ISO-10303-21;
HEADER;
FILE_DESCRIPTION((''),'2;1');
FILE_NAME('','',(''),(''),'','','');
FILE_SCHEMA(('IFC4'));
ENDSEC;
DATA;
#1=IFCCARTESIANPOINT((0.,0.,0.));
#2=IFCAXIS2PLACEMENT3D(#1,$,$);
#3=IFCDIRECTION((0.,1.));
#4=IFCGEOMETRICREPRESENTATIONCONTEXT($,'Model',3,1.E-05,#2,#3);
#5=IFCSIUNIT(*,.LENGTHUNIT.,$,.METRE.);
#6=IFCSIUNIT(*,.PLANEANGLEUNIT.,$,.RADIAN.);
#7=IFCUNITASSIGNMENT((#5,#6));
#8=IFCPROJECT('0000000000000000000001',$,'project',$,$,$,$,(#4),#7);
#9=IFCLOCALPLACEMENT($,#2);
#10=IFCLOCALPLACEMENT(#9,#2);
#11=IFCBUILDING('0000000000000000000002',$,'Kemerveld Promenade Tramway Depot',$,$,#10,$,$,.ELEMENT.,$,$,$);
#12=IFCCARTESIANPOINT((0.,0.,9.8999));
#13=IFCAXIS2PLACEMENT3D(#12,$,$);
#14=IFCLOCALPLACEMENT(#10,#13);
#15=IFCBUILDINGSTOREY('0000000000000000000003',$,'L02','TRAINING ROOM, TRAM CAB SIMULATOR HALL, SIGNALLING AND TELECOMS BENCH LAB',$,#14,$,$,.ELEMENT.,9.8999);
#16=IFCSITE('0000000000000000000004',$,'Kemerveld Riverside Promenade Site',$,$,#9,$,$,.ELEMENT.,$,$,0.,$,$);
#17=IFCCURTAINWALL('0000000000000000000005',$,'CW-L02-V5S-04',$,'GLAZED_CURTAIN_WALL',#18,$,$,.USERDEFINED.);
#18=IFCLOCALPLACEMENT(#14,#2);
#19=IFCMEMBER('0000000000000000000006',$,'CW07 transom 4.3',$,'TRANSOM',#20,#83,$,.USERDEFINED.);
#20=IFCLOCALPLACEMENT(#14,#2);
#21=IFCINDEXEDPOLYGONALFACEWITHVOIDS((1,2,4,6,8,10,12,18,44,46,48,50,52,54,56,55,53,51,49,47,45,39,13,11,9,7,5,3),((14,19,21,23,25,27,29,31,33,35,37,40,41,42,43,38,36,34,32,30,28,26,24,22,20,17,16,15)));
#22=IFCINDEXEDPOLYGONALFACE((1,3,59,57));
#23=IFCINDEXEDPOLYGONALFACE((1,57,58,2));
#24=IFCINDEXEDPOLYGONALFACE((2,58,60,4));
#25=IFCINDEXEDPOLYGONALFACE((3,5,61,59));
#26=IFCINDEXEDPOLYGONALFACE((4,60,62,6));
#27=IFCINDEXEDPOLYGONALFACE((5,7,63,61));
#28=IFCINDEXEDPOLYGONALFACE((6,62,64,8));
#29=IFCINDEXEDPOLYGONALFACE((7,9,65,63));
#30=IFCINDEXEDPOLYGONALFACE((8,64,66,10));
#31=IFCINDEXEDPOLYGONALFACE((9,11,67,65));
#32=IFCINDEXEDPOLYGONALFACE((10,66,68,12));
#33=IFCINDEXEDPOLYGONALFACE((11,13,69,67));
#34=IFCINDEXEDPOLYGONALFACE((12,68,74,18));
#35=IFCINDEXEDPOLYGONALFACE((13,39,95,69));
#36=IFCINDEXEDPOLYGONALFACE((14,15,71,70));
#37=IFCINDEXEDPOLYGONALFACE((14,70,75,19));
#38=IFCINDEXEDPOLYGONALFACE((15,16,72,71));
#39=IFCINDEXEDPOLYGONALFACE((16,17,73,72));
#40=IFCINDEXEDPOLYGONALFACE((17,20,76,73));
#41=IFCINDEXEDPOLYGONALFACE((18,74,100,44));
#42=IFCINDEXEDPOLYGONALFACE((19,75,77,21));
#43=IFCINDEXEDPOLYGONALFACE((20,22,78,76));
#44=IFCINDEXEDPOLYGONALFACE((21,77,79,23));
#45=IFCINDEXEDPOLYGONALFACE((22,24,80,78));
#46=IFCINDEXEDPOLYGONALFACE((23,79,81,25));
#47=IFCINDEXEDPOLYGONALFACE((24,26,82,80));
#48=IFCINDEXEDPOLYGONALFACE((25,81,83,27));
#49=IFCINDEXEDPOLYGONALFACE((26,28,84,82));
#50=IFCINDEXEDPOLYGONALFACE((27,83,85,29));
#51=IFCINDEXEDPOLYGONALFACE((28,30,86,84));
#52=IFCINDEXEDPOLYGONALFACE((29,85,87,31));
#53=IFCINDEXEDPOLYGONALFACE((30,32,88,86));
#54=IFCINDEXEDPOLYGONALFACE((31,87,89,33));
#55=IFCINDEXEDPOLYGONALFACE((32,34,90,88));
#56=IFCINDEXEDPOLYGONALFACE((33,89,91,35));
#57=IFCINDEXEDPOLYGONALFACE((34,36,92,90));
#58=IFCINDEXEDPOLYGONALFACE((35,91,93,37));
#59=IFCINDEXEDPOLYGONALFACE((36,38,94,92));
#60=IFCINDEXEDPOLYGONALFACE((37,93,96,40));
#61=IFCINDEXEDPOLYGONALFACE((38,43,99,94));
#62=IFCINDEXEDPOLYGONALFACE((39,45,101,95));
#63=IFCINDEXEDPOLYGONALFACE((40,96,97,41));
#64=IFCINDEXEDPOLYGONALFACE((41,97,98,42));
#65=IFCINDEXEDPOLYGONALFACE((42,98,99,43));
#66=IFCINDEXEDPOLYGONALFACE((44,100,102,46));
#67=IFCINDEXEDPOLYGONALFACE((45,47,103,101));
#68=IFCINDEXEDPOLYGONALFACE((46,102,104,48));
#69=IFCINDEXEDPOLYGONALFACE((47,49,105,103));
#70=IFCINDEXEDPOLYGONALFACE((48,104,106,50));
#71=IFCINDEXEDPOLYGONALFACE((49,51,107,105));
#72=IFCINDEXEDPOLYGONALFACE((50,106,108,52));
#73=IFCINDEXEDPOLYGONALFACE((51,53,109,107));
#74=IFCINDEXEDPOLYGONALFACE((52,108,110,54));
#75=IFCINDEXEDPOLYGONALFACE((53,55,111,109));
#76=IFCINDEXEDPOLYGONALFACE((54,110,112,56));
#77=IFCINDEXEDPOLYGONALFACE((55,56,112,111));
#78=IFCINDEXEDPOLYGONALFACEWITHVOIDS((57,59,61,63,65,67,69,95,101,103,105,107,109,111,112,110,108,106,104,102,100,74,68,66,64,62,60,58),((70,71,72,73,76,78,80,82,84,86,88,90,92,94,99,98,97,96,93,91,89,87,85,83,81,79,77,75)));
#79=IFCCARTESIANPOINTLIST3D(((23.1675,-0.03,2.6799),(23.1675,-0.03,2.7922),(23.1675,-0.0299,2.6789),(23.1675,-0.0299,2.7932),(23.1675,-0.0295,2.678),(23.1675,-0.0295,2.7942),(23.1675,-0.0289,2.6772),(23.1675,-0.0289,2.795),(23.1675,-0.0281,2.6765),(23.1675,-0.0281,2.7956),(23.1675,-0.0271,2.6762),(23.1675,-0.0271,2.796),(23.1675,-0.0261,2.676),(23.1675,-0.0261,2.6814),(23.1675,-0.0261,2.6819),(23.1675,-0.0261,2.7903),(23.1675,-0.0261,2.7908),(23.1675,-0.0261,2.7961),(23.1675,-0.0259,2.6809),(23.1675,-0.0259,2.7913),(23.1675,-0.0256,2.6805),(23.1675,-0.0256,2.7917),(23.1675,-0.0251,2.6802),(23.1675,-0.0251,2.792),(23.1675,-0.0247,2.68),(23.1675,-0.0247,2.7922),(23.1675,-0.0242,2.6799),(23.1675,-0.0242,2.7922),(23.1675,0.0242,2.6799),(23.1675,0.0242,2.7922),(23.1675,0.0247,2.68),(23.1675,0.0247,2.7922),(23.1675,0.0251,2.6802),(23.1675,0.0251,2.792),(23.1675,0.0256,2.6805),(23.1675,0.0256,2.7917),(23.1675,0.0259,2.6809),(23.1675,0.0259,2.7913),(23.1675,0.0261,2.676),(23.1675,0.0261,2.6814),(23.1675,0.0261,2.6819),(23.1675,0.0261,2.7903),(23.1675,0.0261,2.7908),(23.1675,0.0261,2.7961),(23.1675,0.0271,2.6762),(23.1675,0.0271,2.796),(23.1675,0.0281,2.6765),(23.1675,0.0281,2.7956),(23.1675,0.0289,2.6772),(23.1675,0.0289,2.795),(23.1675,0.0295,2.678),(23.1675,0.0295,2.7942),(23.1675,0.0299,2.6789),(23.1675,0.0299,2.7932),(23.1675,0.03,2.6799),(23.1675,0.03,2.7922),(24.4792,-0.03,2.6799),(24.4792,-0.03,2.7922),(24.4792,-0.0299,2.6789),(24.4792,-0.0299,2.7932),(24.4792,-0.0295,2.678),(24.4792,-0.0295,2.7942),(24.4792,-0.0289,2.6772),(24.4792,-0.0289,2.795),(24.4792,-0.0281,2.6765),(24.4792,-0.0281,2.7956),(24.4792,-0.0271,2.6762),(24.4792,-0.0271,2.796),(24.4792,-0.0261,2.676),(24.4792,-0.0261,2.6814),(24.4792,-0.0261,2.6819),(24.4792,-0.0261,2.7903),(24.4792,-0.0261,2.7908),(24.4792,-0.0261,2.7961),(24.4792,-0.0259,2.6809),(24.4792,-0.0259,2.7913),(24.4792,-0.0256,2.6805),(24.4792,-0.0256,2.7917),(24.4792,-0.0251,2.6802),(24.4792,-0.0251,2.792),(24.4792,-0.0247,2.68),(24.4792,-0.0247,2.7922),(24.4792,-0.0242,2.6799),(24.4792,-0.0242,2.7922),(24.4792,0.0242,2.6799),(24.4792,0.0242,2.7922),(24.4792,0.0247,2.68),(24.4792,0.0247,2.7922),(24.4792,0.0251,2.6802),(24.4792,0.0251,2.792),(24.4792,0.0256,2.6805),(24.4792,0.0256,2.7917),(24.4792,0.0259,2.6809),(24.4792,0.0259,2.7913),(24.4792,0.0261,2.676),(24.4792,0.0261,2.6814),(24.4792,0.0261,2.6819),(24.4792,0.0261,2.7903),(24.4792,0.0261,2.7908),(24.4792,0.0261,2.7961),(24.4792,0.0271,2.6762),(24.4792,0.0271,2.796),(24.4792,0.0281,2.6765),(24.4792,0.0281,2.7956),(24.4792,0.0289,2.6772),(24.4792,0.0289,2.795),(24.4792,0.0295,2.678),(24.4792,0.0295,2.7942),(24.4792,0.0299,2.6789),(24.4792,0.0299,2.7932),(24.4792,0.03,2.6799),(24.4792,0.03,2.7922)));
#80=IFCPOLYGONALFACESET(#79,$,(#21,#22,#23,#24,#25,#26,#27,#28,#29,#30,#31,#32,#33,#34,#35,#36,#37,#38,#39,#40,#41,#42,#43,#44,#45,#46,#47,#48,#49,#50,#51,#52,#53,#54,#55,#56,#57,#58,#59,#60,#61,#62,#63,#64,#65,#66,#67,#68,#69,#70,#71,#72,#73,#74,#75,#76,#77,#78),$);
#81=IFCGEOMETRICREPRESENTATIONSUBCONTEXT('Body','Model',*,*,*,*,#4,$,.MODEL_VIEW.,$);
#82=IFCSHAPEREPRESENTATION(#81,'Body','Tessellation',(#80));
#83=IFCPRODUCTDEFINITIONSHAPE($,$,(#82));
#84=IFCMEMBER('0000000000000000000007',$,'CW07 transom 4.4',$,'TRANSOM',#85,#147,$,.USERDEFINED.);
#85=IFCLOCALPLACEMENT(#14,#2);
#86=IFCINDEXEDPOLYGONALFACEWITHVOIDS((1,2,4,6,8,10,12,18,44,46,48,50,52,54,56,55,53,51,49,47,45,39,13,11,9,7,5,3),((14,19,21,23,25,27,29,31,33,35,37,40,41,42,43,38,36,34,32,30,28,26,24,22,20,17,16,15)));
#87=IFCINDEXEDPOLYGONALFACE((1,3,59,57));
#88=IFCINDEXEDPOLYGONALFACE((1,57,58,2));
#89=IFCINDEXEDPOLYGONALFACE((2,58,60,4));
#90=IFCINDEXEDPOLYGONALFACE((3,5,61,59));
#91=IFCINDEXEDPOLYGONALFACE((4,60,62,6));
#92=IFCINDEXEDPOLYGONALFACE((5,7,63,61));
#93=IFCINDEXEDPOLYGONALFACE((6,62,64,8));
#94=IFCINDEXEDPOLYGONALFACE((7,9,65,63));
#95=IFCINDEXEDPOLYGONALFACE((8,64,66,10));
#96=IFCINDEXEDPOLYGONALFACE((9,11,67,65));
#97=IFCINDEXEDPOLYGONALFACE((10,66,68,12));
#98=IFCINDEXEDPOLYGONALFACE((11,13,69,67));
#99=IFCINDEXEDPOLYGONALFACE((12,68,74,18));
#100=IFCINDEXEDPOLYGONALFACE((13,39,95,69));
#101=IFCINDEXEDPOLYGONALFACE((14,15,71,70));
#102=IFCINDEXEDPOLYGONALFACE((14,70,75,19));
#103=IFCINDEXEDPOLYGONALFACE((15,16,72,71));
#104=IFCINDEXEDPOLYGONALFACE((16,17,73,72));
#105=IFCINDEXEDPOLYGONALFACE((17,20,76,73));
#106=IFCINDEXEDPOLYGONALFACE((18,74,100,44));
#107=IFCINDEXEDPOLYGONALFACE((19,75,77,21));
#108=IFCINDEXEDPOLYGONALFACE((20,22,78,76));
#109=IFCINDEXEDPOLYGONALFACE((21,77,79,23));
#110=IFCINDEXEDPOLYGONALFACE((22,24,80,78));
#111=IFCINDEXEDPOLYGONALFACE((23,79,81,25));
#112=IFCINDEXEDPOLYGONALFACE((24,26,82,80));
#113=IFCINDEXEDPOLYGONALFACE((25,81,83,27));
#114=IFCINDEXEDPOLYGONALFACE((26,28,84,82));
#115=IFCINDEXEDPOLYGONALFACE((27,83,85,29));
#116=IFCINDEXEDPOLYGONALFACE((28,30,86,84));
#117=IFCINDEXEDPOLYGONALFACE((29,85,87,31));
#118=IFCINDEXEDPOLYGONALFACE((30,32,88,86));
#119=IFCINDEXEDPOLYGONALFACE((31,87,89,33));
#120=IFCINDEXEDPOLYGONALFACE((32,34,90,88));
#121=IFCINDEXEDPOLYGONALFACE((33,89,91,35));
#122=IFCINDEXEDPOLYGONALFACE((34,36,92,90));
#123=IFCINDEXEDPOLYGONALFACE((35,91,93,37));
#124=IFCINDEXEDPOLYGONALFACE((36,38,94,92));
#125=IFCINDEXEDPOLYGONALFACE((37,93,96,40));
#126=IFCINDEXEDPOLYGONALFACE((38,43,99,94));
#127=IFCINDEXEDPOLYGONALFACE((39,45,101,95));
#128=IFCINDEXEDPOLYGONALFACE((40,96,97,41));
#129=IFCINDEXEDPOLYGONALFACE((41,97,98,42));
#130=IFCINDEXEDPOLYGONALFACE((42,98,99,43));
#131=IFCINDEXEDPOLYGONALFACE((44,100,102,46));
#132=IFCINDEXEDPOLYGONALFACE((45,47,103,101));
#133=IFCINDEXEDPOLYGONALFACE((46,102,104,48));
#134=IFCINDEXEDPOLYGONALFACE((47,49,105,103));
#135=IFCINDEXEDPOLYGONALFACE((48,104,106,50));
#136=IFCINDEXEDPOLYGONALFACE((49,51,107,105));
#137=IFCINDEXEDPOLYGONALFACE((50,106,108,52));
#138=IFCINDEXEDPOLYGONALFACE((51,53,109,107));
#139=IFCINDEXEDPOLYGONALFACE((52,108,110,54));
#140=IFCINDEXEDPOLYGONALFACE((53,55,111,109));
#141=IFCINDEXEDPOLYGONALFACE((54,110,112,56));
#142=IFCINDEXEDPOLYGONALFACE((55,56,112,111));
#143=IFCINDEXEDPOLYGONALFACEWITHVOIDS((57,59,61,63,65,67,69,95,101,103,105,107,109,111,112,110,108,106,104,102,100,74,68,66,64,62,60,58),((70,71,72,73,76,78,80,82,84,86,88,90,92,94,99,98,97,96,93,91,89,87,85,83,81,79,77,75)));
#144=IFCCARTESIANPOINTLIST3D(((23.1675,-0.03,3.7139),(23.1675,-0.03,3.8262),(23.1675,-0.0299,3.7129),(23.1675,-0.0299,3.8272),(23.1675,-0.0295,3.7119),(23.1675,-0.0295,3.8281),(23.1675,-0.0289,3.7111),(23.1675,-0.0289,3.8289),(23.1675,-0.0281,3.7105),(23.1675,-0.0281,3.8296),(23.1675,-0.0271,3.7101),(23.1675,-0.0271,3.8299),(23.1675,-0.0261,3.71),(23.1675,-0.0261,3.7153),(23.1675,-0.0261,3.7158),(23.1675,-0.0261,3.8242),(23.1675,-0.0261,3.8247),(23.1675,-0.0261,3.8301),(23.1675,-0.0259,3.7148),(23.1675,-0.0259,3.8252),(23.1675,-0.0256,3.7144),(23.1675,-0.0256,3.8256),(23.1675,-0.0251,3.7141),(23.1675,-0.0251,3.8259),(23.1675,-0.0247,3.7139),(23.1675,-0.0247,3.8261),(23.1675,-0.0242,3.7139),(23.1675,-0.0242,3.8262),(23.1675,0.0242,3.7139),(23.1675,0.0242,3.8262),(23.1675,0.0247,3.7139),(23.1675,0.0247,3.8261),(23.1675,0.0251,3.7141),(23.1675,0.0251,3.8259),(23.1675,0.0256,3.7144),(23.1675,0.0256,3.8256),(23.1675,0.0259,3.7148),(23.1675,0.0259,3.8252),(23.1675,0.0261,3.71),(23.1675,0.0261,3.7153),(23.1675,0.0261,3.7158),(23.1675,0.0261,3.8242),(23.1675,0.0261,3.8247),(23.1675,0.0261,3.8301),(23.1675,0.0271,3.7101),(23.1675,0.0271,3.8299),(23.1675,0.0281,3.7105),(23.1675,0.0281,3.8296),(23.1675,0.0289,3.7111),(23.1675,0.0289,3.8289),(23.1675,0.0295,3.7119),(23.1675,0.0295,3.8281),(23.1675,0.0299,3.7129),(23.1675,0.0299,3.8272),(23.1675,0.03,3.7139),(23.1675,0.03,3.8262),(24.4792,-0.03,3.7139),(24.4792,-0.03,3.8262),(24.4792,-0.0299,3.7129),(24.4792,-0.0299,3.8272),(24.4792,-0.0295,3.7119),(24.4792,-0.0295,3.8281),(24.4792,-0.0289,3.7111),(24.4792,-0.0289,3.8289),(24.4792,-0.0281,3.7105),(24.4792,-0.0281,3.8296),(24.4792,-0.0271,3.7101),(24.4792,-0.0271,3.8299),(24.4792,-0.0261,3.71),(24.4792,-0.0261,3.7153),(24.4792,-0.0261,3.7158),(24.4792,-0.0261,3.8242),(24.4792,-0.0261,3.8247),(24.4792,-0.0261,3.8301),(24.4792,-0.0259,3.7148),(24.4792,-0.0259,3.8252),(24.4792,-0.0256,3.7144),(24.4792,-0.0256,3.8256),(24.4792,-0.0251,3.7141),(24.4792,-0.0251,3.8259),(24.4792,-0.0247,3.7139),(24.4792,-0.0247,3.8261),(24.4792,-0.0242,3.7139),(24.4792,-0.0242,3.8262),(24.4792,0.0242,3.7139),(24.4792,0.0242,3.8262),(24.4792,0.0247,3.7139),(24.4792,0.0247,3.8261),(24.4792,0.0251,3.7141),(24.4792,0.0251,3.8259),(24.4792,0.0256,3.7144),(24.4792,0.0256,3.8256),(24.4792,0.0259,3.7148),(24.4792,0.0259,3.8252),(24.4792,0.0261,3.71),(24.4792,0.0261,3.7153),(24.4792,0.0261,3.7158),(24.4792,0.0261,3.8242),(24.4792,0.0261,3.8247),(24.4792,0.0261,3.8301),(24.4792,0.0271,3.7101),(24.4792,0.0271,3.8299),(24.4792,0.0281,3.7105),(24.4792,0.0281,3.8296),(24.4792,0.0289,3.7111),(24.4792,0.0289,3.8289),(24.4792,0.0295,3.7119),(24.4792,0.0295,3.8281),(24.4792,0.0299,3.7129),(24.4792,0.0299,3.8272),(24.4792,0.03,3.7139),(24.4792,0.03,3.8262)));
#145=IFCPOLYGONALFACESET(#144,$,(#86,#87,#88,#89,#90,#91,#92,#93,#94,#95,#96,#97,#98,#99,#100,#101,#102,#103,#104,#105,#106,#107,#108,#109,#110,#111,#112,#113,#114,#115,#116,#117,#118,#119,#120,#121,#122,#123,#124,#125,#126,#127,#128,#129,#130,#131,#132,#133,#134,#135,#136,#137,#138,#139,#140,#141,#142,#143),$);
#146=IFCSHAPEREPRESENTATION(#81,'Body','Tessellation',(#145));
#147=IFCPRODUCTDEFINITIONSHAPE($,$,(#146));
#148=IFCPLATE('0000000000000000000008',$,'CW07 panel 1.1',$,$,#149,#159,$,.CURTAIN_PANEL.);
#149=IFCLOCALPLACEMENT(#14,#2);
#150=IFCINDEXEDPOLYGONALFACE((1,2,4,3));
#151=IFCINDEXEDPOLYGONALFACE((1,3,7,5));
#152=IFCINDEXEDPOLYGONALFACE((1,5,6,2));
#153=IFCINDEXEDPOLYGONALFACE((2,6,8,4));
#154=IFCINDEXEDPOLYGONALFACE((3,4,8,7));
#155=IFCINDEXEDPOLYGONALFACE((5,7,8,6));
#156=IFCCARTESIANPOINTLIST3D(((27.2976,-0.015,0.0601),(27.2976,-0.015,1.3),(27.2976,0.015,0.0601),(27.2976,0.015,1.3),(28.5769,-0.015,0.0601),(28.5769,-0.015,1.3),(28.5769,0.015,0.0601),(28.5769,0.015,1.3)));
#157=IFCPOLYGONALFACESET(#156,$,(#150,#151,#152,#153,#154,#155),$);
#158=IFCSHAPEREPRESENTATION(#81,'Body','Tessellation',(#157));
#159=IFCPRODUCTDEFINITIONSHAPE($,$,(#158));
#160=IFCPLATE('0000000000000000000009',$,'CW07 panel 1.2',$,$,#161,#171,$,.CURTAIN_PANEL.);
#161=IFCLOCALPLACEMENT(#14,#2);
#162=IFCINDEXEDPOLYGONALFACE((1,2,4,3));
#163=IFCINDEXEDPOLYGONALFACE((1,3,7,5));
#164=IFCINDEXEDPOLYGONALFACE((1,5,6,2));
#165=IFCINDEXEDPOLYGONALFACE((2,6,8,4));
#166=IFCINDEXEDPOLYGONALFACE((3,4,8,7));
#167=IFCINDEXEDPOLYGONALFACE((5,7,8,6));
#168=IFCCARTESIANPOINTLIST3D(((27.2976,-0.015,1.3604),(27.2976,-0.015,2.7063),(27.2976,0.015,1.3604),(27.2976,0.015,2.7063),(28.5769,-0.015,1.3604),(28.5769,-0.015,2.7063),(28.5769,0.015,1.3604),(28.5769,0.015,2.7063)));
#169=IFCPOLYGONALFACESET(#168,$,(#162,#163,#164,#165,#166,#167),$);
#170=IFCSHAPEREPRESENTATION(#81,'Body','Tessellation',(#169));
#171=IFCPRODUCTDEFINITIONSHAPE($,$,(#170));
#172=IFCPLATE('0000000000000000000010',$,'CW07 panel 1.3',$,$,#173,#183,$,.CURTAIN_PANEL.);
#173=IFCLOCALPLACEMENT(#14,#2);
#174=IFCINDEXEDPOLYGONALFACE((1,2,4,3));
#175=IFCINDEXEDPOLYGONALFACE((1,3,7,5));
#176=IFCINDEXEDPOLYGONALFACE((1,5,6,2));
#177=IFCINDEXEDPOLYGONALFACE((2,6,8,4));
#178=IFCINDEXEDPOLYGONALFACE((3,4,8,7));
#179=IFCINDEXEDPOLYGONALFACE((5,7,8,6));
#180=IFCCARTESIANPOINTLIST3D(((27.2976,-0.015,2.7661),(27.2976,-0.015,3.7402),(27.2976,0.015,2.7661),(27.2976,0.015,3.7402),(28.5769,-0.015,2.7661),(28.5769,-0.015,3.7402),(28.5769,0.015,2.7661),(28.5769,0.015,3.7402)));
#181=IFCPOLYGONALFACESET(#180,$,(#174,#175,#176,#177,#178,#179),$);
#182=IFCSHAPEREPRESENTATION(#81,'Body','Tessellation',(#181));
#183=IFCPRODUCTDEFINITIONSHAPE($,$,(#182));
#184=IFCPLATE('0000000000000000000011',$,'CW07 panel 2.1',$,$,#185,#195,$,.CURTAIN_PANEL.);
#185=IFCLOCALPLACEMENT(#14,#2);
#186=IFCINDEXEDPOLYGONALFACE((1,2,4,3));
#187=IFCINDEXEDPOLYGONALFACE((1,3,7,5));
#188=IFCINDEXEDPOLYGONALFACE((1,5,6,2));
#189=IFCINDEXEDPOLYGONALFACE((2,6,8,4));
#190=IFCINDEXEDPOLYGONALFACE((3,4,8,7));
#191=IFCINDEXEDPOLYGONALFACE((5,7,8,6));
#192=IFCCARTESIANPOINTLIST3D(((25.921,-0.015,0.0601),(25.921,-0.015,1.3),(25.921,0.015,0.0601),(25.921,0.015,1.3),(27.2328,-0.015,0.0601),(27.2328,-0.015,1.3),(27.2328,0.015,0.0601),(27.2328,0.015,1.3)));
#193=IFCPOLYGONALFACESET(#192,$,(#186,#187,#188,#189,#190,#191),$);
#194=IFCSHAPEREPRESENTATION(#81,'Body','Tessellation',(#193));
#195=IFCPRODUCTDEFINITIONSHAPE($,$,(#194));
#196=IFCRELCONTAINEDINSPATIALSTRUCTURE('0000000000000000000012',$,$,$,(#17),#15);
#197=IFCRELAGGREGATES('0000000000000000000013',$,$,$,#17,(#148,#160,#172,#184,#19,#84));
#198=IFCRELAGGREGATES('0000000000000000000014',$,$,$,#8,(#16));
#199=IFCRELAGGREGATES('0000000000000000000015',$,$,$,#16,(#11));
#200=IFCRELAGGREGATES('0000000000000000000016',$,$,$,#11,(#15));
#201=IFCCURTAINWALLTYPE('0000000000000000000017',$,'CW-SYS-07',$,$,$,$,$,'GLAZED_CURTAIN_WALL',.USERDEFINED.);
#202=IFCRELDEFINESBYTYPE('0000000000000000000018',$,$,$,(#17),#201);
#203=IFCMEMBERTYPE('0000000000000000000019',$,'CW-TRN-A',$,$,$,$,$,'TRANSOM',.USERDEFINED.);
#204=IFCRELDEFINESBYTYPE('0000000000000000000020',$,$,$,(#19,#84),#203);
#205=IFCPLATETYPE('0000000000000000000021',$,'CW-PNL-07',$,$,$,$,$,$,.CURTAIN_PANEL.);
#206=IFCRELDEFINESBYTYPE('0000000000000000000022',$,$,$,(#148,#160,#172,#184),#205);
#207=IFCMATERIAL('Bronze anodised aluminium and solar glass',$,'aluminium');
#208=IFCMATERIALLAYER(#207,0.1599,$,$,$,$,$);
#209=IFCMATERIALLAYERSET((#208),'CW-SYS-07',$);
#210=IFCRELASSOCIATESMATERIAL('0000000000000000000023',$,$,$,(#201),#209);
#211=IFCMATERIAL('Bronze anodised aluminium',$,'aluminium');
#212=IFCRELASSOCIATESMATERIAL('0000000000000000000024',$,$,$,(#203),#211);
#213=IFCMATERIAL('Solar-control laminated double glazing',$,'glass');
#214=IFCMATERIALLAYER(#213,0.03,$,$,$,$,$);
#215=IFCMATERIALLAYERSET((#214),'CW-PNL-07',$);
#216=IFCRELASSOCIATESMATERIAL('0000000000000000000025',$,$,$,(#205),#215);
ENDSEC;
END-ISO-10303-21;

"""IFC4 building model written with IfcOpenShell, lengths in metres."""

from ifc_helpers import new_model, si_unit, direction, frame, origin, origin_2d, place, context, subcontext, project, spatial, rectangle, hollow_rectangle, extrude, material, layer, layer_set, material_profile, profile_set, type_object, element, aggregate, save


model = new_model("IFC4")

# Units and contexts
model_context = context("Model", 3, precision=1e-05, world=origin(), true_north=direction((0.0, 1.0)))
body_context = subcontext(model_context, "Body", "Model", "MODEL_VIEW")
ifc_project = project(units=[si_unit("LENGTHUNIT", "METRE"), si_unit("PLANEANGLEUNIT", "RADIAN")], contexts=[model_context])

# Site, building, storey
site_placement = place(None, origin())
site = spatial("IfcSite", under=ifc_project, at=site_placement, Name="Kemerveld Riverside Promenade Site", CompositionType="ELEMENT", RefElevation=0.0)
building_placement = place(site_placement, origin())
building = spatial("IfcBuilding", under=site, at=building_placement, Name="Kemerveld Promenade Tramway Depot", CompositionType="ELEMENT")
storey_placement = place(building_placement, frame((0.0, 0.0, 9.8999)))
storey = spatial("IfcBuildingStorey", under=building, at=storey_placement, Name="L02", Description="TRAINING ROOM, TRAM CAB SIMULATOR HALL, SIGNALLING AND TELECOMS BENCH LAB", CompositionType="ELEMENT", Elevation=9.8999)

# Curtain wall, members, plates
ifc_material_1 = material(Name="Bronze anodised aluminium and solar glass", Category="aluminium")
ifc_layer_1 = layer(ifc_material_1, 0.1599)
ifc_layer_set_1 = layer_set([ifc_layer_1], Name="CW-SYS-07")
curtain_wall_type = type_object("IfcCurtainWallType", Name="CW-SYS-07", ElementType="GLAZED_CURTAIN_WALL", PredefinedType="USERDEFINED", material=ifc_layer_set_1)
curtain_wall_placement = place(storey_placement, origin())
curtain_wall = element("IfcCurtainWall", 1, at=curtain_wall_placement, inside=storey, type_object=curtain_wall_type, Name="CW-L02-V5S-04", ObjectType="GLAZED_CURTAIN_WALL", PredefinedType="USERDEFINED")
ifc_material_2 = material(Name="Bronze anodised aluminium", Category="aluminium")
ifc_material_profile_1 = material_profile(ifc_material_2, hollow_rectangle(XDim=0.0601, YDim=0.1201, WallThickness=0.0039, InnerFilletRadius=0.002, OuterFilletRadius=0.0039, at=origin_2d()), Name="CW-TRN-120x60")
ifc_profile_set_1 = profile_set([ifc_material_profile_1], Name="Bronze anodised aluminium")
member_type_1 = type_object("IfcMemberType", Name="CW-TRN-A", ElementType="TRANSOM", PredefinedType="USERDEFINED", material=ifc_profile_set_1)
member_1_placement = place(storey_placement, frame((24.4792, 0.0, 2.7361), z_axis=(-1.0, 0.0, 0.0), x_axis=(0.0, -1.0, 0.0)))
member_1 = element("IfcMember", 2, at=member_1_placement, type_object=member_type_1, Name="CW07 transom 4.3", ObjectType="TRANSOM", PredefinedType="USERDEFINED", context=body_context, shape_type="SweptSolid", body=[
    extrude(hollow_rectangle(XDim=0.0601, YDim=0.1201, WallThickness=0.0039, InnerFilletRadius=0.002, OuterFilletRadius=0.0039, at=origin_2d()), origin(), (0.0, 0.0, 1.0), 1.3118),
])
member_2_placement = place(storey_placement, frame((24.4792, 0.0, 3.77), z_axis=(-1.0, 0.0, 0.0), x_axis=(0.0, -1.0, 0.0)))
member_2 = element("IfcMember", 3, at=member_2_placement, type_object=member_type_1, Name="CW07 transom 4.4", ObjectType="TRANSOM", PredefinedType="USERDEFINED", context=body_context, shape_type="SweptSolid", body=[
    extrude(hollow_rectangle(XDim=0.0601, YDim=0.1201, WallThickness=0.0039, InnerFilletRadius=0.002, OuterFilletRadius=0.0039, at=origin_2d()), origin(), (0.0, 0.0, 1.0), 1.3118),
])
ifc_material_3 = material(Name="Solar-control laminated double glazing", Category="glass")
ifc_layer_2 = layer(ifc_material_3, 0.03)
ifc_layer_set_2 = layer_set([ifc_layer_2], Name="CW-PNL-07")
plate_type = type_object("IfcPlateType", Name="CW-PNL-07", PredefinedType="CURTAIN_PANEL", material=ifc_layer_set_2)
plate_1_placement = place(storey_placement, frame((27.9373, 0.0, 0.0601), z_axis=(0.0, 0.0, 1.0), x_axis=(-1.0, 0.0, 0.0)))
plate_1 = element("IfcPlate", 4, at=plate_1_placement, type_object=plate_type, Name="CW07 panel 1.1", PredefinedType="CURTAIN_PANEL", context=body_context, shape_type="SweptSolid", body=[
    extrude(rectangle(XDim=1.2793, YDim=0.03, at=origin_2d()), origin(), (0.0, 0.0, 1.0), 1.24),
])
plate_2_placement = place(storey_placement, frame((27.9373, 0.0, 1.3604), z_axis=(0.0, 0.0, 1.0), x_axis=(-1.0, 0.0, 0.0)))
plate_2 = element("IfcPlate", 5, at=plate_2_placement, type_object=plate_type, Name="CW07 panel 1.2", PredefinedType="CURTAIN_PANEL", context=body_context, shape_type="SweptSolid", body=[
    extrude(rectangle(XDim=1.2793, YDim=0.03, at=origin_2d()), origin(), (0.0, 0.0, 1.0), 1.3459),
])
plate_3_placement = place(storey_placement, frame((27.9373, 0.0, 2.7661), z_axis=(0.0, 0.0, 1.0), x_axis=(-1.0, 0.0, 0.0)))
plate_3 = element("IfcPlate", 6, at=plate_3_placement, type_object=plate_type, Name="CW07 panel 1.3", PredefinedType="CURTAIN_PANEL", context=body_context, shape_type="SweptSolid", body=[
    extrude(rectangle(XDim=1.2793, YDim=0.03, at=origin_2d()), origin(), (0.0, 0.0, 1.0), 0.9741),
])
plate_4_placement = place(storey_placement, frame((26.5769, 0.0, 0.0601), z_axis=(0.0, 0.0, 1.0), x_axis=(-1.0, 0.0, 0.0)))
plate_4 = element("IfcPlate", 7, at=plate_4_placement, type_object=plate_type, Name="CW07 panel 2.1", PredefinedType="CURTAIN_PANEL", context=body_context, shape_type="SweptSolid", body=[
    extrude(rectangle(XDim=1.3118, YDim=0.03, at=origin_2d()), origin(), (0.0, 0.0, 1.0), 1.24),
])
aggregate(curtain_wall, [plate_1, plate_2, plate_3, plate_4, member_1, member_2])

save(model, "model.ifc")
